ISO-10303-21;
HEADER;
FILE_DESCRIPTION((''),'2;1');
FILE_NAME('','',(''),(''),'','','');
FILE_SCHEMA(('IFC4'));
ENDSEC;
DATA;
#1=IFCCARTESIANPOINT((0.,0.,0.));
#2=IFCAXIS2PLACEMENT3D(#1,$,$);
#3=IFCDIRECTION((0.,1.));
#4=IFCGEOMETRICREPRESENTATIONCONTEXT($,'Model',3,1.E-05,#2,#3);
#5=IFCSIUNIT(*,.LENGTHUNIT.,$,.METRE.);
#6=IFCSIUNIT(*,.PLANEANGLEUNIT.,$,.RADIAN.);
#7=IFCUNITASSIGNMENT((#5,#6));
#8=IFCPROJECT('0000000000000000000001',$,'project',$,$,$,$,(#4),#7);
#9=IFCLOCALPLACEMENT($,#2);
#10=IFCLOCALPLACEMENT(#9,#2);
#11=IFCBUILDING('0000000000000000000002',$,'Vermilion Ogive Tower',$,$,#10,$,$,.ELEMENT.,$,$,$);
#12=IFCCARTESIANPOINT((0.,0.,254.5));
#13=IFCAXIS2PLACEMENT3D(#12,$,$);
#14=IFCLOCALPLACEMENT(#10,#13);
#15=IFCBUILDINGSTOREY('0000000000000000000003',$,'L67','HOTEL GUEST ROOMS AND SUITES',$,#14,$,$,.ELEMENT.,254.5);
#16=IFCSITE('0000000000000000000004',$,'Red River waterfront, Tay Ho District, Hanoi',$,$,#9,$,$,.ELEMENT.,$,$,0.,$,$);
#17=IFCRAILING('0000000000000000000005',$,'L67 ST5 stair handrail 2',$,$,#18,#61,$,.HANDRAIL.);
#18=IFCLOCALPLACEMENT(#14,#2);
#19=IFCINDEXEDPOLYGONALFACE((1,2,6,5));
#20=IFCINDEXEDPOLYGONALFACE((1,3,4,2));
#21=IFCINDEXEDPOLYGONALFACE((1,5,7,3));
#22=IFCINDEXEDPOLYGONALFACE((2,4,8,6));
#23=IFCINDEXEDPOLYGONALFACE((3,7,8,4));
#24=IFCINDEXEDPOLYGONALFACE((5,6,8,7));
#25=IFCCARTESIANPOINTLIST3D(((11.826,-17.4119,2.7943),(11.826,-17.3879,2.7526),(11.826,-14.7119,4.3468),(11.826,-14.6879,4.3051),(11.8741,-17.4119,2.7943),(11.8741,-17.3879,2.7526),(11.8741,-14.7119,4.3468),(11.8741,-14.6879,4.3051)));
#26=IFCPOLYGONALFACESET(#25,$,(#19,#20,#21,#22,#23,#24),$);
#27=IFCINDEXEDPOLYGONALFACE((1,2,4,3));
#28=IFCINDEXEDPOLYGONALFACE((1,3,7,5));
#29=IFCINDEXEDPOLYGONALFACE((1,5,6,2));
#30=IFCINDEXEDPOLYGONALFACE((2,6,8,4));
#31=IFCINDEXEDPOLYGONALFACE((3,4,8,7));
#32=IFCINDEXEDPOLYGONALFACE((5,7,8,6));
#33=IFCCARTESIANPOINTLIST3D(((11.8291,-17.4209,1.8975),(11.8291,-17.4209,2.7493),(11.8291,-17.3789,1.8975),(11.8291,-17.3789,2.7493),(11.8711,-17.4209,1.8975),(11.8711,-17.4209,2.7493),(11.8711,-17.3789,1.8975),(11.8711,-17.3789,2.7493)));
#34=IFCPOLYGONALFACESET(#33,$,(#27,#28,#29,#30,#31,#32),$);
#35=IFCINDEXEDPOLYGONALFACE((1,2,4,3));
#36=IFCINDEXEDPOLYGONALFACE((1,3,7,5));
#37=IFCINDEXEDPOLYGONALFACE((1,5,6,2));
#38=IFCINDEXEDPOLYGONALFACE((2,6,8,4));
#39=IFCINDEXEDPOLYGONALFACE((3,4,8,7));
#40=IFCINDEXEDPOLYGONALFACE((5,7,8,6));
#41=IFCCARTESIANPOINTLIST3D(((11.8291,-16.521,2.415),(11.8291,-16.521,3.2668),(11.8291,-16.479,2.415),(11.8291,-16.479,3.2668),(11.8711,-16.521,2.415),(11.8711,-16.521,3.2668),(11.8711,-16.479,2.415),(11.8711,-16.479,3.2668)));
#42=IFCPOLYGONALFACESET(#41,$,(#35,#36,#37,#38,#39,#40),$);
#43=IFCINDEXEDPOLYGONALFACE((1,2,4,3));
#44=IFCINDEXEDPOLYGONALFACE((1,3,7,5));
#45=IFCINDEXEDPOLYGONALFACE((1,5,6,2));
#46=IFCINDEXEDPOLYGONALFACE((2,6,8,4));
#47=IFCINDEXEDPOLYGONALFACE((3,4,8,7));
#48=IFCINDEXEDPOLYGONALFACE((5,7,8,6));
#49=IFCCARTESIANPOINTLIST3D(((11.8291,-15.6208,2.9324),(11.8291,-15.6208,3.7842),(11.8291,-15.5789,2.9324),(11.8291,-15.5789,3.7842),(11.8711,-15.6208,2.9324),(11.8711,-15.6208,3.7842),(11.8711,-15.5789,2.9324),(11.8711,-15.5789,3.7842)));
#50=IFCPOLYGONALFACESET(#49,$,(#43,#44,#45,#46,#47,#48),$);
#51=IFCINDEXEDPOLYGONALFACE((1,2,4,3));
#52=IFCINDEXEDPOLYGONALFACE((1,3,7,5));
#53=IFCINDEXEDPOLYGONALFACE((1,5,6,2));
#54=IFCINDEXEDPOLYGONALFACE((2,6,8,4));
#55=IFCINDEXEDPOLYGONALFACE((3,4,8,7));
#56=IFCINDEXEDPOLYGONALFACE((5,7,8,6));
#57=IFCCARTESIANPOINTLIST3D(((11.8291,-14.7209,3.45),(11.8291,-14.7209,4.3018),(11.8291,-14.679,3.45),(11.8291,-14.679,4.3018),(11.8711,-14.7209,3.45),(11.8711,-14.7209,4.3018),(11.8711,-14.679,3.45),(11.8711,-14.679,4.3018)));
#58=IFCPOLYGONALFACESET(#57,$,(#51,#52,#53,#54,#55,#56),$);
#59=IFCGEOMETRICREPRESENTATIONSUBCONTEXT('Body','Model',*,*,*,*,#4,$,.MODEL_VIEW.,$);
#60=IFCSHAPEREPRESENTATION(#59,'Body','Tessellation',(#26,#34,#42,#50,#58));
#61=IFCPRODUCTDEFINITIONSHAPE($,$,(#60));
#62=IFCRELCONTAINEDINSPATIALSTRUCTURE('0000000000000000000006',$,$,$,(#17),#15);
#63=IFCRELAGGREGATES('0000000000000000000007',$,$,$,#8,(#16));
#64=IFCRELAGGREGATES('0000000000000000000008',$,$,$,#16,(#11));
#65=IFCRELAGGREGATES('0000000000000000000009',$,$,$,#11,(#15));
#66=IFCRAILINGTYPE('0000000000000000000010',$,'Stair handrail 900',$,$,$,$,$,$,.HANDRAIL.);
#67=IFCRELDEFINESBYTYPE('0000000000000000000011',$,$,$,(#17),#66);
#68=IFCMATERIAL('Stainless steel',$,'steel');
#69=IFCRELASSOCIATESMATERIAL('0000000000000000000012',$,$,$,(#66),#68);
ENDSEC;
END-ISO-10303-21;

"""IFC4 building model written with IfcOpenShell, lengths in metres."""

from ifc_helpers import new_model, si_unit, direction, frame, origin, origin_2d, place, context, subcontext, project, spatial, rectangle, extrude, material, type_object, element, save


model = new_model("IFC4")

# Units and contexts
model_context = context("Model", 3, precision=1e-05, world=origin(), true_north=direction((0.0, 1.0)))
body_context = subcontext(model_context, "Body", "Model", "MODEL_VIEW")
ifc_project = project(units=[si_unit("LENGTHUNIT", "METRE"), si_unit("PLANEANGLEUNIT", "RADIAN")], contexts=[model_context])

# Site, building, storey
site_placement = place(None, origin())
site = spatial("IfcSite", under=ifc_project, at=site_placement, Name="Red River waterfront, Tay Ho District, Hanoi", CompositionType="ELEMENT", RefElevation=0.0)
building_placement = place(site_placement, origin())
building = spatial("IfcBuilding", under=site, at=building_placement, Name="Vermilion Ogive Tower", CompositionType="ELEMENT")
storey_placement = place(building_placement, frame((0.0, 0.0, 254.5)))
storey = spatial("IfcBuildingStorey", under=building, at=storey_placement, Name="L67", Description="HOTEL GUEST ROOMS AND SUITES", CompositionType="ELEMENT", Elevation=254.5)

# Railing
ifc_material_1 = material(Name="Stainless steel", Category="steel")
railing_type_1 = type_object("IfcRailingType", Name="Stair handrail 900", PredefinedType="HANDRAIL", material=ifc_material_1)
railing_1_placement = place(storey_placement, frame((11.8501, -17.3999, 1.8975)))
element("IfcRailing", 1, at=railing_1_placement, inside=storey, type_object=railing_type_1, Name="L67 ST5 stair handrail 2", PredefinedType="HANDRAIL", context=body_context, shape_type="SweptSolid", body=[
    extrude(rectangle(XDim=0.0481, YDim=0.0481, at=origin_2d()), frame((0.0, 0.0, 0.876), z_axis=(0.0, 0.866904, 0.498476), x_axis=(-1.0, 0.0, 0.0)), (0.0, 0.0, 1.0), 3.1145),
    extrude(rectangle(XDim=0.042, YDim=0.042, at=origin_2d()), origin(), (0.0, 0.0, 1.0), 0.8518),
    extrude(rectangle(XDim=0.042, YDim=0.042, at=origin_2d()), frame((0.0, 0.8999, 0.5176)), (0.0, 0.0, 1.0), 0.8518),
    extrude(rectangle(XDim=0.042, YDim=0.042, at=origin_2d()), frame((0.0, 1.8, 1.0349)), (0.0, 0.0, 1.0), 0.8518),
    extrude(rectangle(XDim=0.042, YDim=0.042, at=origin_2d()), frame((0.0, 2.7, 1.5525)), (0.0, 0.0, 1.0), 0.8518),
])

save(model, "model.ifc")
